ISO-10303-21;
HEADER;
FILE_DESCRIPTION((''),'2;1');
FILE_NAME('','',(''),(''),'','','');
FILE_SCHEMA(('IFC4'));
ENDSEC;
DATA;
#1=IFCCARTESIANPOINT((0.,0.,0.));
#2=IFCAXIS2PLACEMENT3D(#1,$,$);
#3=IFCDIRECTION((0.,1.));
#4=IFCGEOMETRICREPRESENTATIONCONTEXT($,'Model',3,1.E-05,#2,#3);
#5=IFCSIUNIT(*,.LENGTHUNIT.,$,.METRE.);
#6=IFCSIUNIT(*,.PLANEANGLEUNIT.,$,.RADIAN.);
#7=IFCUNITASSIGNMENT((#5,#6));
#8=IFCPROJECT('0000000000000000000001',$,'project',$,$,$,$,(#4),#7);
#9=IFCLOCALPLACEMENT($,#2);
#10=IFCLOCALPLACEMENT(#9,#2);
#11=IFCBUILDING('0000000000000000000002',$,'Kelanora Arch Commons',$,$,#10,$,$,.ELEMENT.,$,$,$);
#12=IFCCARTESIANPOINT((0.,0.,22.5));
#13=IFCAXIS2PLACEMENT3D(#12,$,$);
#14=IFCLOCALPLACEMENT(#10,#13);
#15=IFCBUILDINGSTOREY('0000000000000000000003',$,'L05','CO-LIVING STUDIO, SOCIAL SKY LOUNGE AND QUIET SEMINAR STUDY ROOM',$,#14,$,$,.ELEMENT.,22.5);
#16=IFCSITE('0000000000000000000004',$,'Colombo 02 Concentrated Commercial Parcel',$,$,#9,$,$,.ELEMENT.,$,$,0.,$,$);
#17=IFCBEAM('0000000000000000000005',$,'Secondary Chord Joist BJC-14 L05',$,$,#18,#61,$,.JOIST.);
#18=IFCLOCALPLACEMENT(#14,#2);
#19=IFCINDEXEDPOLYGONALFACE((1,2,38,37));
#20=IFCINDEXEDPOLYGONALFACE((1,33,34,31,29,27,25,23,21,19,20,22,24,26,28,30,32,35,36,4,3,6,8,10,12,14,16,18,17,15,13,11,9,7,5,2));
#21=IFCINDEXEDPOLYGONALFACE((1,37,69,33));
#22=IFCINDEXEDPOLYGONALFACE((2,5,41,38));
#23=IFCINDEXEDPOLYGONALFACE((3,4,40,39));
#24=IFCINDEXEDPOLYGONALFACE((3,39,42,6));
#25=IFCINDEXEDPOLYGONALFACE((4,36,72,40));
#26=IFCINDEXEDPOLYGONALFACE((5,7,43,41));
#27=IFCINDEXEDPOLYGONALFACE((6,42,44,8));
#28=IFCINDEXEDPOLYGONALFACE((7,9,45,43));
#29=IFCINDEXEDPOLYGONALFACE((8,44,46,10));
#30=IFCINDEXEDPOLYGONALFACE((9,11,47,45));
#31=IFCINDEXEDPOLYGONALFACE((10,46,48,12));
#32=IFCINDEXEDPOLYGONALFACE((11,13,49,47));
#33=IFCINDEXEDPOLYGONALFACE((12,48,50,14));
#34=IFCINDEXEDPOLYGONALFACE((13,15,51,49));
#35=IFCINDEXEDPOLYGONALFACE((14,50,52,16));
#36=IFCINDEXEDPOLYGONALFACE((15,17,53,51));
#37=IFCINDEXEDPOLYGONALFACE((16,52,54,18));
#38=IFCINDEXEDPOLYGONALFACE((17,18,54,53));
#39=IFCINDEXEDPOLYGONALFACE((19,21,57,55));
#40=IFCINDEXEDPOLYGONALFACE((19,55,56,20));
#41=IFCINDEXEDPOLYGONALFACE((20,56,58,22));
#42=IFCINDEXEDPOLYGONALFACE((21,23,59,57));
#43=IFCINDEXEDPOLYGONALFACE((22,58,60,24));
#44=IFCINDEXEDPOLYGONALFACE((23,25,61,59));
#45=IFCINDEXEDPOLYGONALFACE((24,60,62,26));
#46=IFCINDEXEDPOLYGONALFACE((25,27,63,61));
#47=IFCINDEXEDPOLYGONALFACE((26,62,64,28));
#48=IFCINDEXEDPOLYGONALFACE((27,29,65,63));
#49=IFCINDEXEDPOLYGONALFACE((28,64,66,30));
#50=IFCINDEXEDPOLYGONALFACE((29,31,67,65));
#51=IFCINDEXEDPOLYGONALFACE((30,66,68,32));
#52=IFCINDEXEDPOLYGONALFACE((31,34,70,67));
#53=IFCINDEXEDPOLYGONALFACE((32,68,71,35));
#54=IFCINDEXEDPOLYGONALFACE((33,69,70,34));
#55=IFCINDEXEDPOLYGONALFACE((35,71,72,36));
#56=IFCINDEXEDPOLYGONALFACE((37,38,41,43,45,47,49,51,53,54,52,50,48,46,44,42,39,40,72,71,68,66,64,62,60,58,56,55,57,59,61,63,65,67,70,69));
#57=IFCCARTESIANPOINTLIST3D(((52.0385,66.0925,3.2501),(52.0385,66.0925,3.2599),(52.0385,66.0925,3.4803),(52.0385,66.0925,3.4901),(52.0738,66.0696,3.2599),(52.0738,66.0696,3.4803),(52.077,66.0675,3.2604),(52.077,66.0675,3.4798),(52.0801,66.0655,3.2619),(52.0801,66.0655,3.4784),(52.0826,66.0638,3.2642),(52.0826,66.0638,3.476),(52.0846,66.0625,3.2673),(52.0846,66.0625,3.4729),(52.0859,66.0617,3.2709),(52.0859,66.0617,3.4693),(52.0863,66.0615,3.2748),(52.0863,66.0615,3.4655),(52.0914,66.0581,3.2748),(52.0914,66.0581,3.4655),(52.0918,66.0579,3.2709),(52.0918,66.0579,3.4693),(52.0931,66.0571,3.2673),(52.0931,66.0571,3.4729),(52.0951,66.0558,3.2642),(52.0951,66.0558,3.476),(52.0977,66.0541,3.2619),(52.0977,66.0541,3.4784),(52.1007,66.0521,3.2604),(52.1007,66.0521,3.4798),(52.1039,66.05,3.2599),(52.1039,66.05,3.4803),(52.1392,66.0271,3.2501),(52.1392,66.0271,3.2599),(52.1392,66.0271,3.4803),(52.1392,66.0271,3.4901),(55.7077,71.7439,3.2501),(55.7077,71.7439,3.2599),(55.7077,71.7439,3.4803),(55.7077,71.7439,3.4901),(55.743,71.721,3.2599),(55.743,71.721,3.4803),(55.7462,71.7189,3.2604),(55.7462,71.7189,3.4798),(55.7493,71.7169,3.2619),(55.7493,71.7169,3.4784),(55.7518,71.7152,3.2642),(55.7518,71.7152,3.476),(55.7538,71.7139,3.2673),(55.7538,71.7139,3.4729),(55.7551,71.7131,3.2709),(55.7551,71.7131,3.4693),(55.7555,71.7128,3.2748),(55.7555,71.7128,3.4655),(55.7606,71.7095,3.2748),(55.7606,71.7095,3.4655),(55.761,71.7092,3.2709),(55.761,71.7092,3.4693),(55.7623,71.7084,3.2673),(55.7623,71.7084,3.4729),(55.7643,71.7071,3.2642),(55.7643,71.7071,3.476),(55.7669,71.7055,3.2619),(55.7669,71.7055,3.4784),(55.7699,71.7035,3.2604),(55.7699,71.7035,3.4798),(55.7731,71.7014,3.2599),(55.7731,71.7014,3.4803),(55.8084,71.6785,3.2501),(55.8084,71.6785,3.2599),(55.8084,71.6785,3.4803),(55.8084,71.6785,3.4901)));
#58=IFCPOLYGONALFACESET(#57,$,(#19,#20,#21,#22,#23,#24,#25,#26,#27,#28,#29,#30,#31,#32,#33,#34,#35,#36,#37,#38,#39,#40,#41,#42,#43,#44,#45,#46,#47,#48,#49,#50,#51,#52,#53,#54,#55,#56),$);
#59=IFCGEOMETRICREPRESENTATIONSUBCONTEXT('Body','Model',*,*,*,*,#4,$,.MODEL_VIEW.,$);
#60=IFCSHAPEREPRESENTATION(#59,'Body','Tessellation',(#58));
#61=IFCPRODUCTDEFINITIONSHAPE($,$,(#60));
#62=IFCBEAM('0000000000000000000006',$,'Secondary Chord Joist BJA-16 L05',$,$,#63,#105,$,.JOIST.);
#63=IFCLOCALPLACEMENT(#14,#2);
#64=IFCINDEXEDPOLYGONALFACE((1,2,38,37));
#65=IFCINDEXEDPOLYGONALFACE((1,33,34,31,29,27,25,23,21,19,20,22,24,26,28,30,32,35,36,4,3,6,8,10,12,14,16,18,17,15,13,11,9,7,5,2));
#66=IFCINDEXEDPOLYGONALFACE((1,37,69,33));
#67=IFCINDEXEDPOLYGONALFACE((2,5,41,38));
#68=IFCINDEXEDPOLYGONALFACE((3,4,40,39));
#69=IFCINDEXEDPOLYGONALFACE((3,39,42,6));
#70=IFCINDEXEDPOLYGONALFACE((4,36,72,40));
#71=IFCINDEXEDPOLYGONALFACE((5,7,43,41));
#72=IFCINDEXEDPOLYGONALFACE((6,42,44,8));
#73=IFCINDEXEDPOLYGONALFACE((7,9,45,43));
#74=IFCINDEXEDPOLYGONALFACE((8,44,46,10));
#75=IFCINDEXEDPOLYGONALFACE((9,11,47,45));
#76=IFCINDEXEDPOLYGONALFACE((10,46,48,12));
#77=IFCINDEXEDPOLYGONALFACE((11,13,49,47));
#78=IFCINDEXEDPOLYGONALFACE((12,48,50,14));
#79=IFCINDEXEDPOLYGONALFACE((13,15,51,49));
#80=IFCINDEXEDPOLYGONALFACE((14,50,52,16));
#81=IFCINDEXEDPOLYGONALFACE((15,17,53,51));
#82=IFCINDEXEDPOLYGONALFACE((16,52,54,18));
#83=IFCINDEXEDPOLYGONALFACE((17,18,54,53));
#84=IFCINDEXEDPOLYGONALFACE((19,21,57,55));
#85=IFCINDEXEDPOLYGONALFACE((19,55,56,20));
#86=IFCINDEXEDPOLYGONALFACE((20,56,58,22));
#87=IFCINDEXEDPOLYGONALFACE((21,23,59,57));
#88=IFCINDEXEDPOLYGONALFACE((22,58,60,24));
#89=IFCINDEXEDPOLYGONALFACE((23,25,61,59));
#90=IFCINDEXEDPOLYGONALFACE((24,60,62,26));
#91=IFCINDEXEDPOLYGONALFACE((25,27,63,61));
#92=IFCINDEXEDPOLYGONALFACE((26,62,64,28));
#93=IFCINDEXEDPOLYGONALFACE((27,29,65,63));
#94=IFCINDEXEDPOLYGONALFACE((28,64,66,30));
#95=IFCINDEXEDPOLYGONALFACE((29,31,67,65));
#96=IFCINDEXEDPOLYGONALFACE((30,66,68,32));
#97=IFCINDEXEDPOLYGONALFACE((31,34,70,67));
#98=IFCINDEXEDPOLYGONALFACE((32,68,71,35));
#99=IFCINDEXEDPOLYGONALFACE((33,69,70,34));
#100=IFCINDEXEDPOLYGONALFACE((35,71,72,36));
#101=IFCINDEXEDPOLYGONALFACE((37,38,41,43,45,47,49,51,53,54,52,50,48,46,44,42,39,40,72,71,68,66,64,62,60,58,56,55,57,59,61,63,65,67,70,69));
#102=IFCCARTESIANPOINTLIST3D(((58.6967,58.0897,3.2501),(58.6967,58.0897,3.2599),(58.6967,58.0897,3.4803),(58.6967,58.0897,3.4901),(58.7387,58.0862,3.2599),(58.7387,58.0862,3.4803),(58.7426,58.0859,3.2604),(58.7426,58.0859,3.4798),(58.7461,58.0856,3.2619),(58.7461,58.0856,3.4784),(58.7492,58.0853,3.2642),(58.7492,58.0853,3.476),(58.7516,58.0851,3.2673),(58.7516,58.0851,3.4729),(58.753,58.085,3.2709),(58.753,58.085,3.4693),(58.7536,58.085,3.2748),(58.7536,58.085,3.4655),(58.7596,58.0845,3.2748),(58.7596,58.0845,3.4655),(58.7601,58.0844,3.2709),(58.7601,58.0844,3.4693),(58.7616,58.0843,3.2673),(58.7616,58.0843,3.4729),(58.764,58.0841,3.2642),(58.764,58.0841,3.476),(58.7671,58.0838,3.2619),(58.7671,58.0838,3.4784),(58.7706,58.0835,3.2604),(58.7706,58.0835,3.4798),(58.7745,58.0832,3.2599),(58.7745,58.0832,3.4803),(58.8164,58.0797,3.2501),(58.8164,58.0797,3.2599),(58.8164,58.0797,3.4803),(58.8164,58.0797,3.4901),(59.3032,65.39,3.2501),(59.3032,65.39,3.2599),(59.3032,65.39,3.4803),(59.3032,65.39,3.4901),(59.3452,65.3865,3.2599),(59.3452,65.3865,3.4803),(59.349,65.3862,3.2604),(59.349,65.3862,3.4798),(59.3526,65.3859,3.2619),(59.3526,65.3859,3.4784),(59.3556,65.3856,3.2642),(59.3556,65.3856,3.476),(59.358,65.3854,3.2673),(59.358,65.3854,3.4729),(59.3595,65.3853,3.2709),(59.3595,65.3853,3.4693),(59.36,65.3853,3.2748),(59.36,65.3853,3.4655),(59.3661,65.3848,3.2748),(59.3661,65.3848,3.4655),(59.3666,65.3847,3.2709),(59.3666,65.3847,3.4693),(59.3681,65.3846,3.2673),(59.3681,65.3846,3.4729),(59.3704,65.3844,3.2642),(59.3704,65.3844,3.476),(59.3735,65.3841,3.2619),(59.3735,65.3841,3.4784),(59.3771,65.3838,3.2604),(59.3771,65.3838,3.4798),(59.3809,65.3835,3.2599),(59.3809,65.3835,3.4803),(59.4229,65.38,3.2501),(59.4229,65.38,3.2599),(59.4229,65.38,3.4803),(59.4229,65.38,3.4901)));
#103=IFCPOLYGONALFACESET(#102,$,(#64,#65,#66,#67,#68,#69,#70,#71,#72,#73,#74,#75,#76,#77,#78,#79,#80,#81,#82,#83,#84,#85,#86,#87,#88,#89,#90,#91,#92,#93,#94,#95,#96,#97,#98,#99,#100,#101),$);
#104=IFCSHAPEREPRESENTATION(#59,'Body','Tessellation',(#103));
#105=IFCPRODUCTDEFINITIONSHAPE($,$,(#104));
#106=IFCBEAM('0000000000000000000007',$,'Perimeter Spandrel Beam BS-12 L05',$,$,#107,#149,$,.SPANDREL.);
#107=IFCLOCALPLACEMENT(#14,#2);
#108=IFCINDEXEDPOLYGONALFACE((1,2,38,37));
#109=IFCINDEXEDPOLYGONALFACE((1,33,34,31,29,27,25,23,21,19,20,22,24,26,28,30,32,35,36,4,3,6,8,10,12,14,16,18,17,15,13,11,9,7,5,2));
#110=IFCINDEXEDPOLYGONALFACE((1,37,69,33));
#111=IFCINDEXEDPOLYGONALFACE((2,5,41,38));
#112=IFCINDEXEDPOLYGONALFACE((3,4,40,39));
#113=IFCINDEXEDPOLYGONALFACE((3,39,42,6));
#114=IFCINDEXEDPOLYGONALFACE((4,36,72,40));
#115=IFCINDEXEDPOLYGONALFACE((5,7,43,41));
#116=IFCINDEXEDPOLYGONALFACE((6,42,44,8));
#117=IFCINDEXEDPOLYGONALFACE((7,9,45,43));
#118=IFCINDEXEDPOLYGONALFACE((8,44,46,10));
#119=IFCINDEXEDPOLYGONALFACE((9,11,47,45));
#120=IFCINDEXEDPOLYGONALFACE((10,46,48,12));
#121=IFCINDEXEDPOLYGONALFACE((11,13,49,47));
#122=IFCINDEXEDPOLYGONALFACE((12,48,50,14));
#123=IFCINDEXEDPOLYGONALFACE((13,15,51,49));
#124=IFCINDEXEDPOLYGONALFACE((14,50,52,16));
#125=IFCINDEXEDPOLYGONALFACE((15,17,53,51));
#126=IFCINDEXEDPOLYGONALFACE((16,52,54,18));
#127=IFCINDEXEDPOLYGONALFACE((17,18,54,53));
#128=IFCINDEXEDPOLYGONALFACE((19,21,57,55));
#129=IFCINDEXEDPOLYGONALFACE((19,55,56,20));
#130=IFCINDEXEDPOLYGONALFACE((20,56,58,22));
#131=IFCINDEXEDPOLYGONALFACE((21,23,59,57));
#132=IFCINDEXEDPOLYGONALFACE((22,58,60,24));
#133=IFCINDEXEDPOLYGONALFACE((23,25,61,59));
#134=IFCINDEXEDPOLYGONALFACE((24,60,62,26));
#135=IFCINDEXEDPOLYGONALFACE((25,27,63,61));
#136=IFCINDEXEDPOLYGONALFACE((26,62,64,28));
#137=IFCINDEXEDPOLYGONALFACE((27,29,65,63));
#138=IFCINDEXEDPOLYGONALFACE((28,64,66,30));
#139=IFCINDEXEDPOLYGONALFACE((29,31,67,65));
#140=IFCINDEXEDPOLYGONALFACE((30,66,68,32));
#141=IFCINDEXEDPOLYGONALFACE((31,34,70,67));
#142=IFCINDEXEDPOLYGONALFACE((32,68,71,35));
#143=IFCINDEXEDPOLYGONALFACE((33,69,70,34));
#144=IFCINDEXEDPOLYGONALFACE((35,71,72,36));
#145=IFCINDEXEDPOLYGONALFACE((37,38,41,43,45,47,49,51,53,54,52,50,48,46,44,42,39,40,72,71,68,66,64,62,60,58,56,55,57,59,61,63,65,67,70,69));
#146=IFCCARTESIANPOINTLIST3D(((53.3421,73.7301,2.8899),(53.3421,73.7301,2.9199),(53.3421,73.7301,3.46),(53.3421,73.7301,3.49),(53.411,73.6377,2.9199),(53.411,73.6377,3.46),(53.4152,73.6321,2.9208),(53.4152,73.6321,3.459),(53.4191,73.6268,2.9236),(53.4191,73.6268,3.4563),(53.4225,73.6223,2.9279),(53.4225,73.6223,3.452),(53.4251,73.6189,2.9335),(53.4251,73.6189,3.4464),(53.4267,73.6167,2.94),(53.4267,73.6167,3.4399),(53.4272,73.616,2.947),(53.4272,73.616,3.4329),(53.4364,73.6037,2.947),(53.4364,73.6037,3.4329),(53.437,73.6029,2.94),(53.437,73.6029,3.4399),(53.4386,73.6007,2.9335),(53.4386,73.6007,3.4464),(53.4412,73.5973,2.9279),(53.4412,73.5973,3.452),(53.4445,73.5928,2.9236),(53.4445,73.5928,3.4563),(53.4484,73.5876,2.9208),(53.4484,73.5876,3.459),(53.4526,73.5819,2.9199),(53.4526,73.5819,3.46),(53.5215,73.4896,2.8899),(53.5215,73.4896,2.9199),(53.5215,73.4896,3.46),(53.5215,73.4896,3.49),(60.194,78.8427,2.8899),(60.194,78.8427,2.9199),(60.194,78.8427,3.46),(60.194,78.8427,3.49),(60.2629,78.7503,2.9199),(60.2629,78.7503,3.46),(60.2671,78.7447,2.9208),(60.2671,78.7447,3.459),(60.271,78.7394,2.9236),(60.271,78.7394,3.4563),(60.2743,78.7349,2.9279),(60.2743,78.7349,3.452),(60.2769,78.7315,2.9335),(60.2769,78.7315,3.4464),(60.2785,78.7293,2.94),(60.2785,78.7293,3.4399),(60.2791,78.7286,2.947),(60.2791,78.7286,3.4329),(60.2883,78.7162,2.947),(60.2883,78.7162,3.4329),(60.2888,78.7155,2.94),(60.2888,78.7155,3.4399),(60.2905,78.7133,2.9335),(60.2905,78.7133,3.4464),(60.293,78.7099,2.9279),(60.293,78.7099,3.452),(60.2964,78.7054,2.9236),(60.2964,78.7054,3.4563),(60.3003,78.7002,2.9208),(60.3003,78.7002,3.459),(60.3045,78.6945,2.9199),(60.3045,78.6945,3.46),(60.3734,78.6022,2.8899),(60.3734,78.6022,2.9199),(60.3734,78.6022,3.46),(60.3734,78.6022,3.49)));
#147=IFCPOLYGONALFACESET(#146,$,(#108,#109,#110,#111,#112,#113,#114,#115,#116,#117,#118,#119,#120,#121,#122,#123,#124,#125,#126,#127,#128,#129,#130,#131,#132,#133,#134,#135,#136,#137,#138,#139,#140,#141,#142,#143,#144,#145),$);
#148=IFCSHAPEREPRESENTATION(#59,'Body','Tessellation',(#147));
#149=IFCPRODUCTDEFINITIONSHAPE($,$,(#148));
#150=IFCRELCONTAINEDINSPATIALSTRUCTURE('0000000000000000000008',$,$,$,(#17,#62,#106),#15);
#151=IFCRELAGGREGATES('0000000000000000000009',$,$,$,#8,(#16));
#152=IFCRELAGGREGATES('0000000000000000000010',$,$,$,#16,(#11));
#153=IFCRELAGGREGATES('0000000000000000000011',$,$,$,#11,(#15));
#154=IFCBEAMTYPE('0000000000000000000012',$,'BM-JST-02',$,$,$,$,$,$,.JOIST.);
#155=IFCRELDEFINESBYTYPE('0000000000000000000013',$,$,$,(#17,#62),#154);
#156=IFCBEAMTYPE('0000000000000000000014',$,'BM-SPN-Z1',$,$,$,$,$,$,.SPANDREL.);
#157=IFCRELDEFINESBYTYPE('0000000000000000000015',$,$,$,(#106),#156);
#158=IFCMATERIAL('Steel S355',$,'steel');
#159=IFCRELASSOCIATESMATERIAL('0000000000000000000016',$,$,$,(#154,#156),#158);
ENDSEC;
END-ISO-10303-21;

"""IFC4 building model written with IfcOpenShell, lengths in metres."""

from ifc_helpers import new_model, si_unit, direction, frame, origin, origin_2d, place, context, subcontext, project, spatial, i_section, extrude, material, material_profile, profile_set, type_object, element, save


model = new_model("IFC4")

# Units and contexts
model_context = context("Model", 3, precision=1e-05, world=origin(), true_north=direction((0.0, 1.0)))
body_context = subcontext(model_context, "Body", "Model", "MODEL_VIEW")
ifc_project = project(units=[si_unit("LENGTHUNIT", "METRE"), si_unit("PLANEANGLEUNIT", "RADIAN")], contexts=[model_context])

# Site, building, storey
site_placement = place(None, origin())
site = spatial("IfcSite", under=ifc_project, at=site_placement, Name="Colombo 02 Concentrated Commercial Parcel", CompositionType="ELEMENT", RefElevation=0.0)
building_placement = place(site_placement, origin())
building = spatial("IfcBuilding", under=site, at=building_placement, Name="Kelanora Arch Commons", CompositionType="ELEMENT")
storey_placement = place(building_placement, frame((0.0, 0.0, 22.5)))
storey = spatial("IfcBuildingStorey", under=building, at=storey_placement, Name="L05", Description="CO-LIVING STUDIO, SOCIAL SKY LOUNGE AND QUIET SEMINAR STUDY ROOM", CompositionType="ELEMENT", Elevation=22.5)

# Beams
ifc_material_1 = material(Name="Steel S355", Category="steel")
ifc_material_profile_1 = material_profile(ifc_material_1, i_section(OverallWidth=0.1201, OverallDepth=0.24, WebThickness=0.0061, FlangeThickness=0.0098, FilletRadius=0.0149, at=origin_2d()), Name="IPE240")
ifc_profile_set_1 = profile_set([ifc_material_profile_1], Name="Steel S355")
beam_type_1 = type_object("IfcBeamType", Name="BM-JST-02", PredefinedType="JOIST", material=ifc_profile_set_1)
beam_1_placement = place(storey_placement, frame((55.7581, 71.7112, 3.3701), z_axis=(-0.54455, -0.838728, 0.0), x_axis=(0.838728, -0.54455, 0.0)))
element("IfcBeam", 1, at=beam_1_placement, inside=storey, type_object=beam_type_1, Name="Secondary Chord Joist BJC-14 L05", PredefinedType="JOIST", context=body_context, shape_type="SweptSolid", body=[
    extrude(i_section(OverallWidth=0.1201, OverallDepth=0.24, WebThickness=0.0061, FlangeThickness=0.0098, FilletRadius=0.0149, at=origin_2d()), origin(), (0.0, 0.0, 1.0), 6.738),
])
beam_2_placement = place(storey_placement, frame((59.363, 65.385, 3.3701), z_axis=(-0.082786, -0.996567, 0.0), x_axis=(0.996567, -0.082786, 0.0)))
element("IfcBeam", 2, at=beam_2_placement, inside=storey, type_object=beam_type_1, Name="Secondary Chord Joist BJA-16 L05", PredefinedType="JOIST", context=body_context, shape_type="SweptSolid", body=[
    extrude(i_section(OverallWidth=0.1201, OverallDepth=0.24, WebThickness=0.0061, FlangeThickness=0.0098, FilletRadius=0.0149, at=origin_2d()), origin(), (0.0, 0.0, 1.0), 7.3254),
])
ifc_material_profile_2 = material_profile(ifc_material_1, i_section(OverallWidth=0.3, OverallDepth=0.6001, WebThickness=0.0154, FlangeThickness=0.03, FilletRadius=0.0271, at=origin_2d()), Name="HEB600")
ifc_profile_set_2 = profile_set([ifc_material_profile_2], Name="Steel S355")
beam_type_2 = type_object("IfcBeamType", Name="BM-SPN-Z1", PredefinedType="SPANDREL", material=ifc_profile_set_2)
beam_3_placement = place(storey_placement, frame((60.2837, 78.7224, 3.1899), z_axis=(-0.801475, -0.598029, 0.0), x_axis=(0.598029, -0.801475, 0.0)))
element("IfcBeam", 3, at=beam_3_placement, inside=storey, type_object=beam_type_2, Name="Perimeter Spandrel Beam BS-12 L05", PredefinedType="SPANDREL", context=body_context, shape_type="SweptSolid", body=[
    extrude(i_section(OverallWidth=0.3, OverallDepth=0.6001, WebThickness=0.0154, FlangeThickness=0.03, FilletRadius=0.0271, at=origin_2d()), origin(), (0.0, 0.0, 1.0), 8.5491),
])

save(model, "model.ifc")
